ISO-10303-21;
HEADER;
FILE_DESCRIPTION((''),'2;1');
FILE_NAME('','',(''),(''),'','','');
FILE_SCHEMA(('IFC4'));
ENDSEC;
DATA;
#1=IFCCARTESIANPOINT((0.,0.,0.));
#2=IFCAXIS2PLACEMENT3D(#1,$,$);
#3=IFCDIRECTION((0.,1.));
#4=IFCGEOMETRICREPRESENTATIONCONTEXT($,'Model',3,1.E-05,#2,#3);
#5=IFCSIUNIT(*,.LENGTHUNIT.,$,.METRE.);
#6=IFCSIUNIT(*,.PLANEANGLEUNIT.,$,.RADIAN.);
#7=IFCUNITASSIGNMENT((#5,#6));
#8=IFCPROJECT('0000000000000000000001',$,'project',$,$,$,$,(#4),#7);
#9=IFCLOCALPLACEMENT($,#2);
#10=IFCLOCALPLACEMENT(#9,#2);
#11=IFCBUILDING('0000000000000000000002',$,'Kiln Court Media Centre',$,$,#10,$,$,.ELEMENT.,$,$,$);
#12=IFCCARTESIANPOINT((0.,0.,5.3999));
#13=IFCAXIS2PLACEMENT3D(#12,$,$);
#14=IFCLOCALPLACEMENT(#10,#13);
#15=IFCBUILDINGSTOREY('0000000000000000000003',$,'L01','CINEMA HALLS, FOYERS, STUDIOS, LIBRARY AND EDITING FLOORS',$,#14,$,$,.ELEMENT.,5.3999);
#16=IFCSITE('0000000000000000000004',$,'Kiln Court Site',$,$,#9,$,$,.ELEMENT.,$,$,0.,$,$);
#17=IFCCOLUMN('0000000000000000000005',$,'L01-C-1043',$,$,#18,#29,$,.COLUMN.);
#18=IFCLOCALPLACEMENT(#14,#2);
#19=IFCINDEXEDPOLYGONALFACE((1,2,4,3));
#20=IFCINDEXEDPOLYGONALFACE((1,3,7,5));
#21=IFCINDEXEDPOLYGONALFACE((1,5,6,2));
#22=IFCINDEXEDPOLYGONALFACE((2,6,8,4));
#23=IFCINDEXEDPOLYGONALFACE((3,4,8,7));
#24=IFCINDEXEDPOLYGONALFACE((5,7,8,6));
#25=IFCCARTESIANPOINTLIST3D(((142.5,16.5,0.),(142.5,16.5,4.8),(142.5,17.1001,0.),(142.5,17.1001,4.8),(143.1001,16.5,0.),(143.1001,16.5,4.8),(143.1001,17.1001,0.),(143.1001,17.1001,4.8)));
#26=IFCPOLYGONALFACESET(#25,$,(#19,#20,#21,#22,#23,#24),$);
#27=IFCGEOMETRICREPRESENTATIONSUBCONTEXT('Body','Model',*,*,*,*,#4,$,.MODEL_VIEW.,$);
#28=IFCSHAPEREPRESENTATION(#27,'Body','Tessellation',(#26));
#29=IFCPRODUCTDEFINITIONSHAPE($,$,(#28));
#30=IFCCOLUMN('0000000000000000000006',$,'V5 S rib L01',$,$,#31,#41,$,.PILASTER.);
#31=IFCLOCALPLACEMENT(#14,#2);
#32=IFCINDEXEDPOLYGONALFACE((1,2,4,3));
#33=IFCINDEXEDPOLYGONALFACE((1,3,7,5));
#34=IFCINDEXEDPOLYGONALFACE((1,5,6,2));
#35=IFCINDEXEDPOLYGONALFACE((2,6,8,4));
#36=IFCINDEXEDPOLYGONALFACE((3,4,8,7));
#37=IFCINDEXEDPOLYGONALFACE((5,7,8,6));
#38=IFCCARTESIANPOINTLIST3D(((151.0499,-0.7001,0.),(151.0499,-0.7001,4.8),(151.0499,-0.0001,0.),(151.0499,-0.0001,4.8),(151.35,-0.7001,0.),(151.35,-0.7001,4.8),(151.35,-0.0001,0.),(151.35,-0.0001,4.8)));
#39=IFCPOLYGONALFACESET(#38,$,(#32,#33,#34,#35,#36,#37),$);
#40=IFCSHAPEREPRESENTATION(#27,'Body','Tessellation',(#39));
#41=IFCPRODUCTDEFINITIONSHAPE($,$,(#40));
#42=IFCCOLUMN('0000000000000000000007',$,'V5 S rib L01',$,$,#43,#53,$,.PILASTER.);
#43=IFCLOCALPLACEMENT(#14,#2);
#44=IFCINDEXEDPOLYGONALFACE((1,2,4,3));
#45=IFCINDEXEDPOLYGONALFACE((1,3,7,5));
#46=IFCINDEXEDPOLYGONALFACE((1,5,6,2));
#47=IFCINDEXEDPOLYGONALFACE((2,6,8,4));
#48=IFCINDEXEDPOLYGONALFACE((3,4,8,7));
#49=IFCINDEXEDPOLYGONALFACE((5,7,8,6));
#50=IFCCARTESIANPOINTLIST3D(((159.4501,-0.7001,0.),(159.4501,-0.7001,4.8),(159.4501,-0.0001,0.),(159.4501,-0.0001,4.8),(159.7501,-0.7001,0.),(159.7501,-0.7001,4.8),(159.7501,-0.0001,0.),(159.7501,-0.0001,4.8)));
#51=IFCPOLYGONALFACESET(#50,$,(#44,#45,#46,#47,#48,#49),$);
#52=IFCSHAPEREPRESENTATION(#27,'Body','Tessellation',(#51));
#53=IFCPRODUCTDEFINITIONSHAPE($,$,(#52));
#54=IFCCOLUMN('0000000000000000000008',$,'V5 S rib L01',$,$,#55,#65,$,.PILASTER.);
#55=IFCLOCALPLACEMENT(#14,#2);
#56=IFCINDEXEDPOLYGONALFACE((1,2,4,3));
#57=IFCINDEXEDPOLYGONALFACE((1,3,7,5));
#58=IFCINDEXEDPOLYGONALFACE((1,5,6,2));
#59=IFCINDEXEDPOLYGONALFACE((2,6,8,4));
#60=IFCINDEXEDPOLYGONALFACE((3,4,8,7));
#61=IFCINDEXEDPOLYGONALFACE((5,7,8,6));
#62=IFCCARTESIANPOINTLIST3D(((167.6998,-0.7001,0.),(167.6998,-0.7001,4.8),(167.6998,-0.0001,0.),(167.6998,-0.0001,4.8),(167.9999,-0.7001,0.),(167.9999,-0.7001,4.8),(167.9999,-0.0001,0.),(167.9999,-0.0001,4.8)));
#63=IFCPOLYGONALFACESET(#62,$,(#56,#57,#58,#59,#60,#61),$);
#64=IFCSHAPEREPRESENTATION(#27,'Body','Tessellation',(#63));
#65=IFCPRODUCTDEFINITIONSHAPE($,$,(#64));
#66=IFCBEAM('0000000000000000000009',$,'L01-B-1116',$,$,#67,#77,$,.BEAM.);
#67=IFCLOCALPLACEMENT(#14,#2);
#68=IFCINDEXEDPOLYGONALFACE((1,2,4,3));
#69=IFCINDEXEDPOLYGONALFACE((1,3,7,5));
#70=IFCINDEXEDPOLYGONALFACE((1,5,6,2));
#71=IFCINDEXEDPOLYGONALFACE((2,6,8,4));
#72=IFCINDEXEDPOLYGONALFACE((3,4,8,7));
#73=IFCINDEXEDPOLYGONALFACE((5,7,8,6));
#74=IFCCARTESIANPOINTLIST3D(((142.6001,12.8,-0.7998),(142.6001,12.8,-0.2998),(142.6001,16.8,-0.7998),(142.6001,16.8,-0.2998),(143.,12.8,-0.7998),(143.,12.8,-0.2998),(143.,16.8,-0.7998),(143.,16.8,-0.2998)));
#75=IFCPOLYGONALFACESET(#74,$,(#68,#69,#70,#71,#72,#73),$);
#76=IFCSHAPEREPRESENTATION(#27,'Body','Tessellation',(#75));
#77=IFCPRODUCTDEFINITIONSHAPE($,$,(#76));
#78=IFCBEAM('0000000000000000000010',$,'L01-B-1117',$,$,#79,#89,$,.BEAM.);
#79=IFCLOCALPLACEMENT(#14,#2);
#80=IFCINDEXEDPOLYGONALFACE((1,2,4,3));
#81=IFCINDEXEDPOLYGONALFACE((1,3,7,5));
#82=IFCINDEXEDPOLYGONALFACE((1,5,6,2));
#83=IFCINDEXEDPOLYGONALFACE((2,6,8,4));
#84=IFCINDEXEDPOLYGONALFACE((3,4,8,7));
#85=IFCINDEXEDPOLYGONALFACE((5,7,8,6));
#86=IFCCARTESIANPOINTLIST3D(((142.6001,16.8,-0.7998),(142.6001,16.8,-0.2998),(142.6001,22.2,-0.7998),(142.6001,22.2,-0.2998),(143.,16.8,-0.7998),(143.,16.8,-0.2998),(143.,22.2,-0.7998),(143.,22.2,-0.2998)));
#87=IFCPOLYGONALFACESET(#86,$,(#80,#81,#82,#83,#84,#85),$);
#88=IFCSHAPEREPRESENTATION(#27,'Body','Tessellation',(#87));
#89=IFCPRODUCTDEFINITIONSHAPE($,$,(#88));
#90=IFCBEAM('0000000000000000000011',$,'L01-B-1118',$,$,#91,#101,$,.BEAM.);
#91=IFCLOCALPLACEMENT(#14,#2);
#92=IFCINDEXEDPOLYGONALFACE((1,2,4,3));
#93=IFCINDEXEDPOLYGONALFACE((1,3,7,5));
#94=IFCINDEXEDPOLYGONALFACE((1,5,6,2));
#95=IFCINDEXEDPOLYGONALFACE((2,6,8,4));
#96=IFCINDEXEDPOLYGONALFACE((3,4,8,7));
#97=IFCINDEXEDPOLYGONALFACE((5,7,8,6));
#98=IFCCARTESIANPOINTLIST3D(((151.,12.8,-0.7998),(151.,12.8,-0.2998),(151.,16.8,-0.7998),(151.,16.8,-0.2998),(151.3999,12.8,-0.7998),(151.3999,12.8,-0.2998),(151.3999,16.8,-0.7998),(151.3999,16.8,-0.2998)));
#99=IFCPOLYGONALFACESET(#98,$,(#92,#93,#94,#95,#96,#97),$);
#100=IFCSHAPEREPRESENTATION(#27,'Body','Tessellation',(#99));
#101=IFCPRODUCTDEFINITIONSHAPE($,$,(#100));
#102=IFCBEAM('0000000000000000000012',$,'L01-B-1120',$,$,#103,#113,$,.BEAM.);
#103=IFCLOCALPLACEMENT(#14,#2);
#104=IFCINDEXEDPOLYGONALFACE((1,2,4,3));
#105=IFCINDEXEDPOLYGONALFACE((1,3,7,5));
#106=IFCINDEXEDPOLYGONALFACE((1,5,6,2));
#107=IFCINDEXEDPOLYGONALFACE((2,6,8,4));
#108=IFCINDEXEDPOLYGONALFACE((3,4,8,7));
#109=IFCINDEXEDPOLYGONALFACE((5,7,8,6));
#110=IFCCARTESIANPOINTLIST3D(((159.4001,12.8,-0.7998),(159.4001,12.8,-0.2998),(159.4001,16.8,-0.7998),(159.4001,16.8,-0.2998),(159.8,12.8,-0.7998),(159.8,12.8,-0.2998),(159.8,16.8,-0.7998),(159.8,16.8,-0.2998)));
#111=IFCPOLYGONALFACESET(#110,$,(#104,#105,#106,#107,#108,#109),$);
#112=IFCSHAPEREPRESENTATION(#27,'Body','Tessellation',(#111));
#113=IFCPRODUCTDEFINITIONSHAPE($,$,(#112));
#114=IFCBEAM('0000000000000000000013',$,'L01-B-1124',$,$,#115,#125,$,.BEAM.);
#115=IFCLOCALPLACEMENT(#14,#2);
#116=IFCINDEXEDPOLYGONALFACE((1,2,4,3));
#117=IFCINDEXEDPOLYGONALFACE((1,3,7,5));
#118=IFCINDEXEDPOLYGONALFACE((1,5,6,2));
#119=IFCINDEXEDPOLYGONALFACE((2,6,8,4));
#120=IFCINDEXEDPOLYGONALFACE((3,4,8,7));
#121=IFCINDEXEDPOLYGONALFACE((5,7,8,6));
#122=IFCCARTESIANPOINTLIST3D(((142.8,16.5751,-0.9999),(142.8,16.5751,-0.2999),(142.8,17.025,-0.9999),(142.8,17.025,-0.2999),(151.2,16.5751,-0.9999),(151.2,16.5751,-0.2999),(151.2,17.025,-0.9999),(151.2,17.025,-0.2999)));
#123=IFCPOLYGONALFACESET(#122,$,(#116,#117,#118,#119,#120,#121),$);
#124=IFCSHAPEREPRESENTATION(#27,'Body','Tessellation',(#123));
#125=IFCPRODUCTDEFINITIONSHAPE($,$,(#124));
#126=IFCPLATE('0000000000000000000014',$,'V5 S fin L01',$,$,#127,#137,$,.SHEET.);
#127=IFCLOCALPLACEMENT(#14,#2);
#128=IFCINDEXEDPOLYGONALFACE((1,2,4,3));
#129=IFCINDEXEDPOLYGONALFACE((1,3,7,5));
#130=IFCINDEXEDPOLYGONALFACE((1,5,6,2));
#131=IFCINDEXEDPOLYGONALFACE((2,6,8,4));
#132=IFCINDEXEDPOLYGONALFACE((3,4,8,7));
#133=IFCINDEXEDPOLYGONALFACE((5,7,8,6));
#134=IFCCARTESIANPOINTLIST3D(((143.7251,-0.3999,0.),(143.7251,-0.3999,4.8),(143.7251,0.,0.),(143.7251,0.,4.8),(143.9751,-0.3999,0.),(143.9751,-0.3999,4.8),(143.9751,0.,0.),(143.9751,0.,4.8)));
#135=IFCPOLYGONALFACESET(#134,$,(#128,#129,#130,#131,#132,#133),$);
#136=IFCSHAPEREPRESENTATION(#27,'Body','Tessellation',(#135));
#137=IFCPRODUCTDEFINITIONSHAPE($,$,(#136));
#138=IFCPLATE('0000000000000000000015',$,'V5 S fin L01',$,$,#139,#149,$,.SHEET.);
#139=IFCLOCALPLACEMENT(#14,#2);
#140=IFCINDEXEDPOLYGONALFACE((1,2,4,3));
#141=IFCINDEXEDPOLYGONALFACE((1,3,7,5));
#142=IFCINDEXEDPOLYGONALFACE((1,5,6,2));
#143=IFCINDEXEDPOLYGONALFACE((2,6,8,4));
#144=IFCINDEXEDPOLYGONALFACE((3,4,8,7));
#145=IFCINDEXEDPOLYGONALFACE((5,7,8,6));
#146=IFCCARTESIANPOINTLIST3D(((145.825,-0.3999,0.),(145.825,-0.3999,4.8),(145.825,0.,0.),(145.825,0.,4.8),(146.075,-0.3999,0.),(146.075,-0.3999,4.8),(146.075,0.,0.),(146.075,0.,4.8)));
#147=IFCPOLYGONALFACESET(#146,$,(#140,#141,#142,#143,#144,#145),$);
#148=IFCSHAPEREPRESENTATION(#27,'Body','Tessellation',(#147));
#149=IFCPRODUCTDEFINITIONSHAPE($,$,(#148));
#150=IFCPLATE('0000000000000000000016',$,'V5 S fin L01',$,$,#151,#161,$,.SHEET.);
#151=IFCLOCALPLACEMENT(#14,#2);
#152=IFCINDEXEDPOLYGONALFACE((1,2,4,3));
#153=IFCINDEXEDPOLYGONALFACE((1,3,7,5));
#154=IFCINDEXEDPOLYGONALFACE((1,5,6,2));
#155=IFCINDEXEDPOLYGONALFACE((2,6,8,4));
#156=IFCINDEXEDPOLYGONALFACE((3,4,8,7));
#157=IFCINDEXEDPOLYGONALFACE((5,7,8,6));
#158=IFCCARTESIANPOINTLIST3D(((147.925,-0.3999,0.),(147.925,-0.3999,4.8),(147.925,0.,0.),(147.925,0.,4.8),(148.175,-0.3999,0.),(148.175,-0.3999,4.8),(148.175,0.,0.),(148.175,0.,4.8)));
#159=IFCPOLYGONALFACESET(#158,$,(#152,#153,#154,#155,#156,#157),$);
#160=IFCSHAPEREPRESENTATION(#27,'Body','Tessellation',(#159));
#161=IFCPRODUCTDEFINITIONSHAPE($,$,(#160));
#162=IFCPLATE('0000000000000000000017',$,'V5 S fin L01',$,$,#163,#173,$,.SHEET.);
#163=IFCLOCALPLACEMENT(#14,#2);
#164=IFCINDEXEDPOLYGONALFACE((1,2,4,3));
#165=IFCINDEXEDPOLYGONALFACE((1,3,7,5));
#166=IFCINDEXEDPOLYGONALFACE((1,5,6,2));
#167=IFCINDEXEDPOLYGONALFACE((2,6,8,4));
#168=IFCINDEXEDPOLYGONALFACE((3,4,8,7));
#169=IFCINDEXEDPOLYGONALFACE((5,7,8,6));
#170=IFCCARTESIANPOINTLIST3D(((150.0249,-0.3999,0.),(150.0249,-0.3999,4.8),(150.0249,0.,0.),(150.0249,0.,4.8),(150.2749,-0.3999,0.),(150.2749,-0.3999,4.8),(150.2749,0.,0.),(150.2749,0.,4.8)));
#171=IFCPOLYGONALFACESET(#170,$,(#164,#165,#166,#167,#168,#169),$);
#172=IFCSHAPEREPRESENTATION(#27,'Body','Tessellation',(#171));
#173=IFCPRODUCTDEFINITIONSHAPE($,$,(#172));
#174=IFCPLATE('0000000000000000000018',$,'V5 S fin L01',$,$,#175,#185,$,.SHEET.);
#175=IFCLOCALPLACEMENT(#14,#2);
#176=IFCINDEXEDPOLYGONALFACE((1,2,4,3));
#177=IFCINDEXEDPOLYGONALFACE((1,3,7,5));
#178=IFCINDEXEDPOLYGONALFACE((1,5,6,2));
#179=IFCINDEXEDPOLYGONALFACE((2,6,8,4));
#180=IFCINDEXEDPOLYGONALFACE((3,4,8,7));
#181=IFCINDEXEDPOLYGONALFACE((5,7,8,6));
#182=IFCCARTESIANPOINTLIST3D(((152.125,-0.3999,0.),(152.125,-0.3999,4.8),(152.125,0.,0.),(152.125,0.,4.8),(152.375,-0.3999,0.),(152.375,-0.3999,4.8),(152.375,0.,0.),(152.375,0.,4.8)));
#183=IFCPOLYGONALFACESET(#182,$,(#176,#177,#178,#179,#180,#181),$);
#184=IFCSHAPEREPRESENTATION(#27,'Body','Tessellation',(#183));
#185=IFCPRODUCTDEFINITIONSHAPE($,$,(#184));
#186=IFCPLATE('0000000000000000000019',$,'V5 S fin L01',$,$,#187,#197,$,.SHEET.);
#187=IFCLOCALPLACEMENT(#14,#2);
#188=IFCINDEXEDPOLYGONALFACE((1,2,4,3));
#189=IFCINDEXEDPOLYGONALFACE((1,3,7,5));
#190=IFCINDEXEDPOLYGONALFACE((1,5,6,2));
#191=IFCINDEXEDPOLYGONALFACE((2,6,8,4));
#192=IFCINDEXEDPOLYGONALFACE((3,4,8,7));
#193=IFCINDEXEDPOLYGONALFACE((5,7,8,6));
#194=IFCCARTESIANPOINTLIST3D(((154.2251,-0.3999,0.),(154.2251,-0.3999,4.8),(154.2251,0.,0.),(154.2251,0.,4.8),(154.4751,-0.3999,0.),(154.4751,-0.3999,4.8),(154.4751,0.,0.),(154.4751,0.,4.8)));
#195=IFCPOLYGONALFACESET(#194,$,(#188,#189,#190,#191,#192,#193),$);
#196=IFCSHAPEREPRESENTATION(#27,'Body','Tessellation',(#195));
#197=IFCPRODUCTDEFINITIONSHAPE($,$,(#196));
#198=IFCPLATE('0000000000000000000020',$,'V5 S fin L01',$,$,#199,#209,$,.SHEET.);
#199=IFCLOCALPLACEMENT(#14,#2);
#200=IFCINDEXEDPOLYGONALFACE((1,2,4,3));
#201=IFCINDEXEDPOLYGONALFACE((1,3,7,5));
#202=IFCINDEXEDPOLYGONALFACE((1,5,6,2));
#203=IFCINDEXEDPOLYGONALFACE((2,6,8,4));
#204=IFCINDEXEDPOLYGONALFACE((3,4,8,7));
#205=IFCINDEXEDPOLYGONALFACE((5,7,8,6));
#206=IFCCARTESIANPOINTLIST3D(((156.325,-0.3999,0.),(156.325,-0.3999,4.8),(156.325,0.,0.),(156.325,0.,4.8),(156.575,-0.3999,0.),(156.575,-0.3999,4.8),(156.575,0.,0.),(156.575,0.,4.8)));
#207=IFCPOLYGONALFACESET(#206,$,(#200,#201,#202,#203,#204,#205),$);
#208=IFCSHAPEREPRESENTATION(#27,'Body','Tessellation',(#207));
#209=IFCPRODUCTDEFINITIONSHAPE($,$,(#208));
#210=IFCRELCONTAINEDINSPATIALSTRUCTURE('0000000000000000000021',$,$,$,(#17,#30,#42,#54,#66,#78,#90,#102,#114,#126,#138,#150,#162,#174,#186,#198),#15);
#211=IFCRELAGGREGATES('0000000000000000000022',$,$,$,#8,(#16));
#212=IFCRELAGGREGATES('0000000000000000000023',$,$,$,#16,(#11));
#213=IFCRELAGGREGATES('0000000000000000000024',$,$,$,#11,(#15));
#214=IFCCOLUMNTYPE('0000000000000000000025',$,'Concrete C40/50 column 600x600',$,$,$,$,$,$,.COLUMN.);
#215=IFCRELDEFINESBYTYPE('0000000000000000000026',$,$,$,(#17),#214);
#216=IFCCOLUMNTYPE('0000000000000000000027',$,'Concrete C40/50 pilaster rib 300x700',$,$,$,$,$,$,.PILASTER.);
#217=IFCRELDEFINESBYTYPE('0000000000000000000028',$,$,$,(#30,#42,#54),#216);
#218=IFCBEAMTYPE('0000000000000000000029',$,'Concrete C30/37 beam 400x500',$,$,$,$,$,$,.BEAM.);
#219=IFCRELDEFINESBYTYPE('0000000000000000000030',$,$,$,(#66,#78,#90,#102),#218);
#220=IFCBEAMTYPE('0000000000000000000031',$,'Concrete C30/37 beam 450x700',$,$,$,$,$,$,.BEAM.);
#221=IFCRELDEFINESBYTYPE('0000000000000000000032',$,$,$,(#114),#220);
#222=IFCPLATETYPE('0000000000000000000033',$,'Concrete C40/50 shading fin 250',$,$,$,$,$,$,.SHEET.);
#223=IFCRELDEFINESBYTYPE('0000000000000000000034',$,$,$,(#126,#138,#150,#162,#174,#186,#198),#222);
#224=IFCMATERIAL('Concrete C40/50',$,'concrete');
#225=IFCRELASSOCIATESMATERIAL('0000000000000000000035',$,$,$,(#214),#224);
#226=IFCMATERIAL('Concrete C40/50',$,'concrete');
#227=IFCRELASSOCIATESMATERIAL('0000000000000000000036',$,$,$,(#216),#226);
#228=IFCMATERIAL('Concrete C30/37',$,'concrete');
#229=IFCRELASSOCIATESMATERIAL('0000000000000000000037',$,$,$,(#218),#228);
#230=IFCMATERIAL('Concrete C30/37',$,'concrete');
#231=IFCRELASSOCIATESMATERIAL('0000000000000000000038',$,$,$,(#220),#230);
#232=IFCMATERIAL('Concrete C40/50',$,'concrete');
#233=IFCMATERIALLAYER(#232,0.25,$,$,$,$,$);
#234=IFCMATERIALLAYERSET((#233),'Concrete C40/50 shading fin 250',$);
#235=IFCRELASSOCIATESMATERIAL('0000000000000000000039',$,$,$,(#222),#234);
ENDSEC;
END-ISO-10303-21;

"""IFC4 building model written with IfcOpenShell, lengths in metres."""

from ifc_helpers import new_model, si_unit, direction, frame, origin, origin_2d, place, context, subcontext, project, spatial, rectangle, extrude, material, layer, layer_set, material_profile, profile_set, type_object, element, save


model = new_model("IFC4")

# Units and contexts
model_context = context("Model", 3, precision=1e-05, world=origin(), true_north=direction((0.0, 1.0)))
body_context = subcontext(model_context, "Body", "Model", "MODEL_VIEW")
ifc_project = project(units=[si_unit("LENGTHUNIT", "METRE"), si_unit("PLANEANGLEUNIT", "RADIAN")], contexts=[model_context])

# Site, building, storey
site_placement = place(None, origin())
site = spatial("IfcSite", under=ifc_project, at=site_placement, Name="Kiln Court Site", CompositionType="ELEMENT", RefElevation=0.0)
building_placement = place(site_placement, origin())
building = spatial("IfcBuilding", under=site, at=building_placement, Name="Kiln Court Media Centre", CompositionType="ELEMENT")
storey_placement = place(building_placement, frame((0.0, 0.0, 5.3999)))
storey = spatial("IfcBuildingStorey", under=building, at=storey_placement, Name="L01", Description="CINEMA HALLS, FOYERS, STUDIOS, LIBRARY AND EDITING FLOORS", CompositionType="ELEMENT", Elevation=5.3999)

# Columns
ifc_material_1 = material(Name="Concrete C40/50", Category="concrete")
ifc_material_profile_1 = material_profile(ifc_material_1, rectangle(XDim=0.6001, YDim=0.6001, at=origin_2d()), Name="RC 600x600")
ifc_profile_set_1 = profile_set([ifc_material_profile_1], Name="Concrete C40/50")
column_type_1 = type_object("IfcColumnType", Name="Concrete C40/50 column 600x600", PredefinedType="COLUMN", material=ifc_profile_set_1)
column_placement = place(storey_placement, frame((142.8, 16.8, 0.0), z_axis=(0.0, 0.0, 1.0), x_axis=(1.0, 0.0, 0.0)))
element("IfcColumn", 1, at=column_placement, inside=storey, type_object=column_type_1, Name="L01-C-1043", PredefinedType="COLUMN", context=body_context, shape_type="SweptSolid", body=[
    extrude(rectangle(XDim=0.6001, YDim=0.6001, at=origin_2d()), origin(), (0.0, 0.0, 1.0), 4.8),
])
ifc_material_2 = material(Name="Concrete C40/50", Category="concrete")
ifc_material_profile_2 = material_profile(ifc_material_2, rectangle(XDim=0.3, YDim=0.7, at=origin_2d()), Name="RC 300x700")
ifc_profile_set_2 = profile_set([ifc_material_profile_2], Name="Concrete C40/50")
column_type_2 = type_object("IfcColumnType", Name="Concrete C40/50 pilaster rib 300x700", PredefinedType="PILASTER", material=ifc_profile_set_2)
for number, where, z_axis, x_axis, name in (
    (2, (151.2, -0.3501, 0.0), (0.0, 0.0, 1.0), (1.0, 0.0, 0.0), "V5 S rib L01"),
    (3, (159.6001, -0.3501, 0.0), (0.0, 0.0, 1.0), (1.0, 0.0, 0.0), "V5 S rib L01"),
    (4, (167.8499, -0.3501, 0.0), (0.0, 0.0, 1.0), (1.0, 0.0, 0.0), "V5 S rib L01"),
):
    element("IfcColumn", number, at=place(storey_placement, frame(where, z_axis=z_axis, x_axis=x_axis)), inside=storey, type_object=column_type_2, Name=name, PredefinedType="PILASTER", context=body_context, shape_type="SweptSolid", body=[
        extrude(rectangle(XDim=0.3, YDim=0.7, at=origin_2d()), origin(), (0.0, 0.0, 1.0), 4.8),
    ])

# Beams
ifc_material_3 = material(Name="Concrete C30/37", Category="concrete")
ifc_material_profile_3 = material_profile(ifc_material_3, rectangle(XDim=0.3999, YDim=0.5, at=origin_2d()), Name="RC 400x500")
ifc_profile_set_3 = profile_set([ifc_material_profile_3], Name="Concrete C30/37")
beam_type_1 = type_object("IfcBeamType", Name="Concrete C30/37 beam 400x500", PredefinedType="BEAM", material=ifc_profile_set_3)
beam_1_placement = place(storey_placement, frame((142.8, 12.8, -0.5498), z_axis=(0.0, 1.0, 0.0), x_axis=(-1.0, 0.0, 0.0)))
element("IfcBeam", 5, at=beam_1_placement, inside=storey, type_object=beam_type_1, Name="L01-B-1116", PredefinedType="BEAM", context=body_context, shape_type="SweptSolid", body=[
    extrude(rectangle(XDim=0.3999, YDim=0.5, at=origin_2d()), origin(), (0.0, 0.0, 1.0), 4.0),
])
beam_2_placement = place(storey_placement, frame((142.8, 16.8, -0.5498), z_axis=(0.0, 1.0, 0.0), x_axis=(-1.0, 0.0, 0.0)))
element("IfcBeam", 6, at=beam_2_placement, inside=storey, type_object=beam_type_1, Name="L01-B-1117", PredefinedType="BEAM", context=body_context, shape_type="SweptSolid", body=[
    extrude(rectangle(XDim=0.3999, YDim=0.5, at=origin_2d()), origin(), (0.0, 0.0, 1.0), 5.3999),
])
for number, where, z_axis, x_axis, name in (
    (7, (151.2, 12.8, -0.5498), (0.0, 1.0, 0.0), (-1.0, 0.0, 0.0), "L01-B-1118"),
    (8, (159.6001, 12.8, -0.5498), (0.0, 1.0, 0.0), (-1.0, 0.0, 0.0), "L01-B-1120"),
):
    element("IfcBeam", number, at=place(storey_placement, frame(where, z_axis=z_axis, x_axis=x_axis)), inside=storey, type_object=beam_type_1, Name=name, PredefinedType="BEAM", context=body_context, shape_type="SweptSolid", body=[
        extrude(rectangle(XDim=0.3999, YDim=0.5, at=origin_2d()), origin(), (0.0, 0.0, 1.0), 4.0),
    ])
ifc_material_4 = material(Name="Concrete C30/37", Category="concrete")
ifc_material_profile_4 = material_profile(ifc_material_4, rectangle(XDim=0.45, YDim=0.7, at=origin_2d()), Name="RC 450x700")
ifc_profile_set_4 = profile_set([ifc_material_profile_4], Name="Concrete C30/37")
beam_type_2 = type_object("IfcBeamType", Name="Concrete C30/37 beam 450x700", PredefinedType="BEAM", material=ifc_profile_set_4)
beam_3_placement = place(storey_placement, frame((142.8, 16.8, -0.6499), z_axis=(1.0, 0.0, 0.0), x_axis=(0.0, 1.0, 0.0)))
element("IfcBeam", 9, at=beam_3_placement, inside=storey, type_object=beam_type_2, Name="L01-B-1124", PredefinedType="BEAM", context=body_context, shape_type="SweptSolid", body=[
    extrude(rectangle(XDim=0.45, YDim=0.7, at=origin_2d()), origin(), (0.0, 0.0, 1.0), 8.3999),
])

# Plates
ifc_material_5 = material(Name="Concrete C40/50", Category="concrete")
ifc_layer_1 = layer(ifc_material_5, 0.25)
ifc_layer_set_1 = layer_set([ifc_layer_1], Name="Concrete C40/50 shading fin 250")
plate_type = type_object("IfcPlateType", Name="Concrete C40/50 shading fin 250", PredefinedType="SHEET", material=ifc_layer_set_1)
for number, where, z_axis, x_axis, name in (
    (10, (143.8501, -0.2, 0.0), (0.0, 0.0, 1.0), (1.0, 0.0, 0.0), "V5 S fin L01"),
    (11, (145.95, -0.2, 0.0), (0.0, 0.0, 1.0), (1.0, 0.0, 0.0), "V5 S fin L01"),
    (12, (148.05, -0.2, 0.0), (0.0, 0.0, 1.0), (1.0, 0.0, 0.0), "V5 S fin L01"),
    (13, (150.1499, -0.2, 0.0), (0.0, 0.0, 1.0), (1.0, 0.0, 0.0), "V5 S fin L01"),
    (14, (152.25, -0.2, 0.0), (0.0, 0.0, 1.0), (1.0, 0.0, 0.0), "V5 S fin L01"),
    (15, (154.3501, -0.2, 0.0), (0.0, 0.0, 1.0), (1.0, 0.0, 0.0), "V5 S fin L01"),
    (16, (156.45, -0.2, 0.0), (0.0, 0.0, 1.0), (1.0, 0.0, 0.0), "V5 S fin L01"),
):
    element("IfcPlate", number, at=place(storey_placement, frame(where, z_axis=z_axis, x_axis=x_axis)), inside=storey, type_object=plate_type, Name=name, PredefinedType="SHEET", context=body_context, shape_type="SweptSolid", body=[
        extrude(rectangle(XDim=0.25, YDim=0.3999, at=origin_2d()), origin(), (0.0, 0.0, 1.0), 4.8),
    ])

save(model, "model.ifc")
